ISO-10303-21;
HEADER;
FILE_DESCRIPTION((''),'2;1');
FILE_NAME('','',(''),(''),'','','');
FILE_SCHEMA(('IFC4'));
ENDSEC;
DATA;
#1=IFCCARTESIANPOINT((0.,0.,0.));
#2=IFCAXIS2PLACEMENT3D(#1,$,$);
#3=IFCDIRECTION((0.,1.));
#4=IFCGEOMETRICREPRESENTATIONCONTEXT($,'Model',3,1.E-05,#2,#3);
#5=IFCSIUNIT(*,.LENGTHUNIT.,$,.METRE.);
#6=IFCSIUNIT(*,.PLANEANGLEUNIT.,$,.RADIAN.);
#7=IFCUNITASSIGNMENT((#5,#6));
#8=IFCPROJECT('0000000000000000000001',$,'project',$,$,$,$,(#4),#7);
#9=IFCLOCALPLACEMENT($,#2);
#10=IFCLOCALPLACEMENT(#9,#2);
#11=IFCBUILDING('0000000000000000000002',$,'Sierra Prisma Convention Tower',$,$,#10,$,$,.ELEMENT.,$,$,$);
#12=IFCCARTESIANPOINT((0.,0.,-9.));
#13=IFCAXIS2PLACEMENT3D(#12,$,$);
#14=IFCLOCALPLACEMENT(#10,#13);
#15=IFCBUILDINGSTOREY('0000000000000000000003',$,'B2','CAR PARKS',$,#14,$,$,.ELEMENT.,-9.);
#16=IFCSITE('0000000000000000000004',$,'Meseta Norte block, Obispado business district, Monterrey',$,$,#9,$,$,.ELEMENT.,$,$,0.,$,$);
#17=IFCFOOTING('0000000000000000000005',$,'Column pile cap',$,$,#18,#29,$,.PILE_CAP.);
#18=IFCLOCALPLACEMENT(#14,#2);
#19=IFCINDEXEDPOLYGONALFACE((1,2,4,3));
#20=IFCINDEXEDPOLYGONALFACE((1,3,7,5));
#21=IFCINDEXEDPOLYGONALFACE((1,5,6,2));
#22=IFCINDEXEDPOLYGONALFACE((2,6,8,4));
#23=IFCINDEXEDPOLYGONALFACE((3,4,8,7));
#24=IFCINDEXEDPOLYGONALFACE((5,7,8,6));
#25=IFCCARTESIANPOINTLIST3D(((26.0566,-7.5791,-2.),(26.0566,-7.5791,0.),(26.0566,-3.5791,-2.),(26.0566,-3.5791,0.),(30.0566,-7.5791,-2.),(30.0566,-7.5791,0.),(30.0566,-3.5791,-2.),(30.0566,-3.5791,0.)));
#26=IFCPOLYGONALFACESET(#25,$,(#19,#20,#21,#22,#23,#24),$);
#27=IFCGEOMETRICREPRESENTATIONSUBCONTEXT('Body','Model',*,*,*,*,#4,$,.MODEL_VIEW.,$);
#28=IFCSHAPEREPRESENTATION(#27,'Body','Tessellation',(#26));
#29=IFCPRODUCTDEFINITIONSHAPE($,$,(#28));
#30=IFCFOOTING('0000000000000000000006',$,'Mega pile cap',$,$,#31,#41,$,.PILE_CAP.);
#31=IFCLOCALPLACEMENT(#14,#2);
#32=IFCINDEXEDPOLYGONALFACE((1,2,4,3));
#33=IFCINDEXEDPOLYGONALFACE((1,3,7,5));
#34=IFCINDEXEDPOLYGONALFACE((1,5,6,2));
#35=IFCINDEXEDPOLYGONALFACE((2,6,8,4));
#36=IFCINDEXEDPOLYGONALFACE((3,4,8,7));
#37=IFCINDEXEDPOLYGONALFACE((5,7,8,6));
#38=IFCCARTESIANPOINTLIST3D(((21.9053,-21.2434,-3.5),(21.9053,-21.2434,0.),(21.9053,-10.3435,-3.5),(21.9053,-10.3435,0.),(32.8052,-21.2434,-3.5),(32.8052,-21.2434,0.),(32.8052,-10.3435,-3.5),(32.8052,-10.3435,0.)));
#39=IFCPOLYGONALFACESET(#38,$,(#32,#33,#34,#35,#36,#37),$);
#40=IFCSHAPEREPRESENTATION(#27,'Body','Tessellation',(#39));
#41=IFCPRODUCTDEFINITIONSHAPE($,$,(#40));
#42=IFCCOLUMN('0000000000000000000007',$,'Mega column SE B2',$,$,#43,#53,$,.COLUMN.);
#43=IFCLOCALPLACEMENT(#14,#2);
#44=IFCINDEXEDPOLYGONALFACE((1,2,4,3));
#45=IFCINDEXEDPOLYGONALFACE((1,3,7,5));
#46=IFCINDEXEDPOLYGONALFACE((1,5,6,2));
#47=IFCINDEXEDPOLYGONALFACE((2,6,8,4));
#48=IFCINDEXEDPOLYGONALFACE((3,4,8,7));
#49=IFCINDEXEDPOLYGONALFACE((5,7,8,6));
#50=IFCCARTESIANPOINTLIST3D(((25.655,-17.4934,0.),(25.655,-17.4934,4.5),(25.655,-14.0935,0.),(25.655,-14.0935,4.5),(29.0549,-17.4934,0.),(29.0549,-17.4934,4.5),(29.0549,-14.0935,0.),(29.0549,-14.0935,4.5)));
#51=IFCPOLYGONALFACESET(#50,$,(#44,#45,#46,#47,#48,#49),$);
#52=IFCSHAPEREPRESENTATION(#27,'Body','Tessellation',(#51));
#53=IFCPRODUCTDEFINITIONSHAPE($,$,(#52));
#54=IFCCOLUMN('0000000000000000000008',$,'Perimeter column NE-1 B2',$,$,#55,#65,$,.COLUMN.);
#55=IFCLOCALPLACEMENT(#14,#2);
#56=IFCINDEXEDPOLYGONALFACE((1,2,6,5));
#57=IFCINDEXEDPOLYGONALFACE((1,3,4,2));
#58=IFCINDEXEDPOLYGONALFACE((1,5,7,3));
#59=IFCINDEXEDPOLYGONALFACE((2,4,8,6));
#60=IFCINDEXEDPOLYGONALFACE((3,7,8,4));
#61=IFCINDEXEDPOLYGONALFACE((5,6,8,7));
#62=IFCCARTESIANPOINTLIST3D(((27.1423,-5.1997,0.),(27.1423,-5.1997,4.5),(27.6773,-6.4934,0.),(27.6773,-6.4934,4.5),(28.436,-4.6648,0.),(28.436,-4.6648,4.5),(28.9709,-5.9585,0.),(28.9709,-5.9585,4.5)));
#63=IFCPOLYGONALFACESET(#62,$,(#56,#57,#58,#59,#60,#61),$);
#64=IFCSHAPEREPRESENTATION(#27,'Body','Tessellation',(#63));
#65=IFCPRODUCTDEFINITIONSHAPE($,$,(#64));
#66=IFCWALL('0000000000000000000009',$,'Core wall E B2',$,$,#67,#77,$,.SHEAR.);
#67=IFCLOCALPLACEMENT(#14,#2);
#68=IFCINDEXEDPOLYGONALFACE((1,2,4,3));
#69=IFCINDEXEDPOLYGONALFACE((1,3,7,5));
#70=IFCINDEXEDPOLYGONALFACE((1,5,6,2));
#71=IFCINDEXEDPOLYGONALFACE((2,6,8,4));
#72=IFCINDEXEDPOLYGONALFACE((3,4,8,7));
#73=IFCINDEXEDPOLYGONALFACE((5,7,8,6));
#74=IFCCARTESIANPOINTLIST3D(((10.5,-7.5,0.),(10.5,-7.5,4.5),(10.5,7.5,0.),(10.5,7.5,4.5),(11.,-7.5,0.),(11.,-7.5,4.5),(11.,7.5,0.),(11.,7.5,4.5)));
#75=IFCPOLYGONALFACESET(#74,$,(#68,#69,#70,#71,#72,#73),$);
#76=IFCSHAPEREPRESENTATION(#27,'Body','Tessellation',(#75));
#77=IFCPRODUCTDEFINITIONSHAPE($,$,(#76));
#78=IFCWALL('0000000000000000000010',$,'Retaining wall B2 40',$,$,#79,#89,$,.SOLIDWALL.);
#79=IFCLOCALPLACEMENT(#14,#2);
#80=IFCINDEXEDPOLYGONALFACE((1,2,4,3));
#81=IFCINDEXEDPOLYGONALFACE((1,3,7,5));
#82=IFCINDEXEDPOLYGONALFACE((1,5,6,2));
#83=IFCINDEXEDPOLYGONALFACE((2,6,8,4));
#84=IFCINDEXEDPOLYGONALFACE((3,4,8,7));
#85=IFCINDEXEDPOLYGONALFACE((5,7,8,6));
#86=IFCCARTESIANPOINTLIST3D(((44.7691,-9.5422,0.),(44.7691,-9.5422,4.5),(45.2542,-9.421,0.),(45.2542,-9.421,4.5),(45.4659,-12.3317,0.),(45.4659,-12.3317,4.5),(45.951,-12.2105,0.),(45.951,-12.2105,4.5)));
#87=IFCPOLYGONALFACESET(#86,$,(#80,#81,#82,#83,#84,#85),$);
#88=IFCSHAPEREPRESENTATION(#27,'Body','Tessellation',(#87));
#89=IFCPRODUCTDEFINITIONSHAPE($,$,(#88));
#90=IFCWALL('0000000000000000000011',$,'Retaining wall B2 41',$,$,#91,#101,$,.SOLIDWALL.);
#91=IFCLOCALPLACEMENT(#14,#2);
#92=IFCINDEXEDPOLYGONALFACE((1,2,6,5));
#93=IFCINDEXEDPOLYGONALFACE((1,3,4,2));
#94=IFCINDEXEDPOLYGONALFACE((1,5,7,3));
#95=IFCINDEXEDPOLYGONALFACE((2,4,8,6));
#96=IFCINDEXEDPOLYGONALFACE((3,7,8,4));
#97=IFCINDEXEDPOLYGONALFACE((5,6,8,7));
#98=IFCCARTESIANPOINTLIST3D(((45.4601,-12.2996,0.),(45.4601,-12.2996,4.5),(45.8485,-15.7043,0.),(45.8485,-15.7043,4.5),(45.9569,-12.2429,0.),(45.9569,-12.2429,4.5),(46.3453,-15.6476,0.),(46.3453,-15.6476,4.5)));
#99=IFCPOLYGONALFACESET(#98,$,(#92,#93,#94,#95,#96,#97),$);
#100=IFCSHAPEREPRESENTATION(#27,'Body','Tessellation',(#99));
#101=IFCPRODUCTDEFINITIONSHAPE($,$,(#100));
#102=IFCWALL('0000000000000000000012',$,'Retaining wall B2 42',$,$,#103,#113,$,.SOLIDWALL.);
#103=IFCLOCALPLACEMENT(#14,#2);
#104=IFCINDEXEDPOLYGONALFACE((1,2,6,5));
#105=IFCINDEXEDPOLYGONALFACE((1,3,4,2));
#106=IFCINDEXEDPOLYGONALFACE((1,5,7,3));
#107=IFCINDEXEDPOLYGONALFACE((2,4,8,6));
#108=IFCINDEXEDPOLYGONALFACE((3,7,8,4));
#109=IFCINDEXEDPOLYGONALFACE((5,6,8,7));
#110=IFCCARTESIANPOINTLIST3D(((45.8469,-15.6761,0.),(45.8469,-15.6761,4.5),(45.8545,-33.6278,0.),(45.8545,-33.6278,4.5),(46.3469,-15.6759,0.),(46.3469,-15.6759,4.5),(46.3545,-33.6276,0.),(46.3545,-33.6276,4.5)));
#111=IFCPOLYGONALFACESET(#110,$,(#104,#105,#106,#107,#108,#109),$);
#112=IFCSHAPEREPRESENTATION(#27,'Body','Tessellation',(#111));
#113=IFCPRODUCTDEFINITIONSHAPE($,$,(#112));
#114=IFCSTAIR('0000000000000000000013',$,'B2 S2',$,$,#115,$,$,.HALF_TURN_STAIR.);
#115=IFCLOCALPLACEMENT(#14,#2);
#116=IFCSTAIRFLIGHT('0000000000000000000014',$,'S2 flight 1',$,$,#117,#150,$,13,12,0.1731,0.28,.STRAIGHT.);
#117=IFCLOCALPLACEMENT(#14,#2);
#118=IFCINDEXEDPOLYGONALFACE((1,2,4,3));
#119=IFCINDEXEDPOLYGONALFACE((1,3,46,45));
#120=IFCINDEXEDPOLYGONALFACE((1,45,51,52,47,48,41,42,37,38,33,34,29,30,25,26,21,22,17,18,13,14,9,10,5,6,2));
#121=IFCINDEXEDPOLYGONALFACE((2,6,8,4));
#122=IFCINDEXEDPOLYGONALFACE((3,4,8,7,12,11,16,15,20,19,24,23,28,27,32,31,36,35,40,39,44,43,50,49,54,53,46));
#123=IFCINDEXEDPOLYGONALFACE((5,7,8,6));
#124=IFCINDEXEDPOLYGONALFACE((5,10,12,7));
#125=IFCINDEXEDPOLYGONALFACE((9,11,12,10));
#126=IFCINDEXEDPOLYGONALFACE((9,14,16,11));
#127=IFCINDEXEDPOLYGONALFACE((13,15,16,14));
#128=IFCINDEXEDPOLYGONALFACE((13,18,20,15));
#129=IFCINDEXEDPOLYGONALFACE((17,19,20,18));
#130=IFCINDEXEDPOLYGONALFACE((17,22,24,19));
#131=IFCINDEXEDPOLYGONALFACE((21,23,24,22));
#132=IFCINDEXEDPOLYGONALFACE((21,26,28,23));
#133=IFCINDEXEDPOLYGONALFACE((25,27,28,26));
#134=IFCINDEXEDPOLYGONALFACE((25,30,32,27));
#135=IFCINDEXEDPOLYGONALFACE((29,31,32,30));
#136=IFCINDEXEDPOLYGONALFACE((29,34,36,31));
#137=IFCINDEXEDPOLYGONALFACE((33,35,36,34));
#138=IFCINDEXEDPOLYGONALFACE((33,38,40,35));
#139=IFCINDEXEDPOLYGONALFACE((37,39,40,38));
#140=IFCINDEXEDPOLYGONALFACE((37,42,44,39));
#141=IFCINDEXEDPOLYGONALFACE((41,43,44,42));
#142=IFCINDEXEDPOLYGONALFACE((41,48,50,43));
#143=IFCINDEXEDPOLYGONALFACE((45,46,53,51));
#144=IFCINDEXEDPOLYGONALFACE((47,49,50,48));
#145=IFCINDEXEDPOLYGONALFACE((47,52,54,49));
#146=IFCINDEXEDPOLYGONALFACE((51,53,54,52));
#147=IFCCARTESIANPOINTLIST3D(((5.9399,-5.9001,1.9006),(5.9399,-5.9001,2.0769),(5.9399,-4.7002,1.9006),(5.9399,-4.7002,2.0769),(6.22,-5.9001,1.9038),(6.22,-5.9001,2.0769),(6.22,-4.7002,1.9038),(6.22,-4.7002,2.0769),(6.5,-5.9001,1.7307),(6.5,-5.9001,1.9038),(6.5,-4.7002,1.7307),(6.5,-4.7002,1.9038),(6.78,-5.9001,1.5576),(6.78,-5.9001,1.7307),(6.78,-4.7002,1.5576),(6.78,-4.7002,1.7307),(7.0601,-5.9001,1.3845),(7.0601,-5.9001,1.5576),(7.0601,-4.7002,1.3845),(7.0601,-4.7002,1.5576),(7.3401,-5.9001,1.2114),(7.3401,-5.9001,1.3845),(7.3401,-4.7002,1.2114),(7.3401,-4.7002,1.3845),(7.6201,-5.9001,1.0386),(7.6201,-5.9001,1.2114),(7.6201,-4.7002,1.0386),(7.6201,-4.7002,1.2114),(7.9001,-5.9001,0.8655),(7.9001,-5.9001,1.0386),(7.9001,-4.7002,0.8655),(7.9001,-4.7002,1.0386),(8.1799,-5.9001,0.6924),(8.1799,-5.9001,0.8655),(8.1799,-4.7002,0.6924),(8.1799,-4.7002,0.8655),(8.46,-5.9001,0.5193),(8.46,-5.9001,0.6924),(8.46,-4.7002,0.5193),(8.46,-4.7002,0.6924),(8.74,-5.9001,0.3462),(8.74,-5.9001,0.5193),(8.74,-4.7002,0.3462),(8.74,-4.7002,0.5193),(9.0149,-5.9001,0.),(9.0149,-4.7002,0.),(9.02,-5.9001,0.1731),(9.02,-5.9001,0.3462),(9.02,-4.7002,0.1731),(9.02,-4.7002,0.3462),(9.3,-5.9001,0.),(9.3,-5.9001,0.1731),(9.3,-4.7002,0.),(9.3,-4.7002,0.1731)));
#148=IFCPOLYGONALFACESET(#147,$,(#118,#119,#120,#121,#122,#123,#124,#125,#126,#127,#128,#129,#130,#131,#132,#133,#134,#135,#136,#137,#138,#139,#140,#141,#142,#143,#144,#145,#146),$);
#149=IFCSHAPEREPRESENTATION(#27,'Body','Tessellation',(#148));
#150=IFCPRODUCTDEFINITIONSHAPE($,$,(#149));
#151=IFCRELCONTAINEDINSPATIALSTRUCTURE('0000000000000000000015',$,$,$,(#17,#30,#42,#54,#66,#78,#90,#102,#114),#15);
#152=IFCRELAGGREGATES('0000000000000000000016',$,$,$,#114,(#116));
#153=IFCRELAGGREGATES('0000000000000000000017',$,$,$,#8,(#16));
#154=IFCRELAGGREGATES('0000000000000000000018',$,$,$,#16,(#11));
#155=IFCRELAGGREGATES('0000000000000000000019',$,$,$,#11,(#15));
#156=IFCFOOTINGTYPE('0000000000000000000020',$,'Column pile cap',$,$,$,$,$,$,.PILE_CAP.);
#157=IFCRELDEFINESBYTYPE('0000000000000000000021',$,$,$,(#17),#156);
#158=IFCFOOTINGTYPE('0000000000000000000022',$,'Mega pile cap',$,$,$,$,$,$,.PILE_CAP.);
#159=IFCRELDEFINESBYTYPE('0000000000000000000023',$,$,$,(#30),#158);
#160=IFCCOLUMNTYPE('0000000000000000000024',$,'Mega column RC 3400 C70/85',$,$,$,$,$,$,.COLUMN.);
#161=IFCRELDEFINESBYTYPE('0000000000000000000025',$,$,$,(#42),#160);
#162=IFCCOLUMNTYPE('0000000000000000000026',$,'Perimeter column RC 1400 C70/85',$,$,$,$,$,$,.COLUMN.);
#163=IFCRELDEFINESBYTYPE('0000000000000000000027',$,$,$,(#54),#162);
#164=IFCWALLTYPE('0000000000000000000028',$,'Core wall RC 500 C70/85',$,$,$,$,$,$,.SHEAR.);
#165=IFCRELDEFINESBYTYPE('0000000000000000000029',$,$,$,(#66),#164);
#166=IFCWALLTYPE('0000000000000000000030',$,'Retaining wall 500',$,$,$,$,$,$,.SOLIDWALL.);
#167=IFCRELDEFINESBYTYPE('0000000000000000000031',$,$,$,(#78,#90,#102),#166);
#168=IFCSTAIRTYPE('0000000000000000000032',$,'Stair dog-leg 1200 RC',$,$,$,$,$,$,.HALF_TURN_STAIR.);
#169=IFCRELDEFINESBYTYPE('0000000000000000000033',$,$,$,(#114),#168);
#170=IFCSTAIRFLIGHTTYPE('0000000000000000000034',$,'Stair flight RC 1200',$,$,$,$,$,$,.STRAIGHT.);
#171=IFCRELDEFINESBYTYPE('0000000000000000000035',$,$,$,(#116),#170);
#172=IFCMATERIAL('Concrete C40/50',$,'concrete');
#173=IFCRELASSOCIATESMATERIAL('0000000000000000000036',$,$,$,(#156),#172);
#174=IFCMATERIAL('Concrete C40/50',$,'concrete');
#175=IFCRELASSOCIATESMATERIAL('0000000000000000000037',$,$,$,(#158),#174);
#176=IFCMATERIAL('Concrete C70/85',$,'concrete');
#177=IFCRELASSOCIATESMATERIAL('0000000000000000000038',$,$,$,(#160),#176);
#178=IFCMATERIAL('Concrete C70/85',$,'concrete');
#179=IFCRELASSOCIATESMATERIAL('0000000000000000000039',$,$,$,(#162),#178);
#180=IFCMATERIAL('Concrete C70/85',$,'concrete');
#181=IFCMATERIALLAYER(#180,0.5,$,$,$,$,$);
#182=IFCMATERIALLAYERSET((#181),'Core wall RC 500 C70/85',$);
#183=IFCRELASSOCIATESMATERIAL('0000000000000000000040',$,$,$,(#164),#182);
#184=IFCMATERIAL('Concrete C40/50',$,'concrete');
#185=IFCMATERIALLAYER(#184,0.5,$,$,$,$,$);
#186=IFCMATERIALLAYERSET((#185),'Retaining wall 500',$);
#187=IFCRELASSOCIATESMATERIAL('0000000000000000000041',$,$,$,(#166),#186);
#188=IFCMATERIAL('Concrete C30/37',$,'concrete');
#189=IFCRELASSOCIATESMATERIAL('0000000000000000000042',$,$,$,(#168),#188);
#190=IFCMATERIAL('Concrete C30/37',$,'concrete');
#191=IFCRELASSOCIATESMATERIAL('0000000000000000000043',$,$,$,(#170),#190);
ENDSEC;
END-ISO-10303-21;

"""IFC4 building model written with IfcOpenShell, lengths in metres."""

from ifc_helpers import new_model, si_unit, direction, frame, frame_2d, origin, origin_2d, place, context, subcontext, project, spatial, polyline, rectangle, outline, extrude, material, layer, layer_set, material_profile, profile_set, type_object, element, aggregate, save


model = new_model("IFC4")

# Units and contexts
model_context = context("Model", 3, precision=1e-05, world=origin(), true_north=direction((0.0, 1.0)))
body_context = subcontext(model_context, "Body", "Model", "MODEL_VIEW")
ifc_project = project(units=[si_unit("LENGTHUNIT", "METRE"), si_unit("PLANEANGLEUNIT", "RADIAN")], contexts=[model_context])

# Site, building, storey
site_placement = place(None, origin())
site = spatial("IfcSite", under=ifc_project, at=site_placement, Name="Meseta Norte block, Obispado business district, Monterrey", CompositionType="ELEMENT", RefElevation=0.0)
building_placement = place(site_placement, origin())
building = spatial("IfcBuilding", under=site, at=building_placement, Name="Sierra Prisma Convention Tower", CompositionType="ELEMENT")
storey_placement = place(building_placement, frame((0.0, 0.0, -9.0)))
storey = spatial("IfcBuildingStorey", under=building, at=storey_placement, Name="B2", Description="CAR PARKS", CompositionType="ELEMENT", Elevation=-9.0)

# Footings
ifc_material_1 = material(Name="Concrete C40/50", Category="concrete")
footing_type_1 = type_object("IfcFootingType", Name="Column pile cap", PredefinedType="PILE_CAP", material=ifc_material_1)
footing_1_placement = place(storey_placement, frame((28.0566, -5.5791, -2.0), z_axis=(0.0, 0.0, 1.0), x_axis=(1.0, 0.0, 0.0)))
element("IfcFooting", 1, at=footing_1_placement, inside=storey, type_object=footing_type_1, Name="Column pile cap", PredefinedType="PILE_CAP", context=body_context, shape_type="SweptSolid", body=[
    extrude(rectangle(XDim=4.0, YDim=4.0, at=origin_2d()), origin(), (0.0, 0.0, 1.0), 2.0),
])
ifc_material_2 = material(Name="Concrete C40/50", Category="concrete")
footing_type_2 = type_object("IfcFootingType", Name="Mega pile cap", PredefinedType="PILE_CAP", material=ifc_material_2)
footing_2_placement = place(storey_placement, frame((27.3552, -15.7935, -3.5), z_axis=(0.0, 0.0, 1.0), x_axis=(1.0, 0.0, 0.0)))
element("IfcFooting", 2, at=footing_2_placement, inside=storey, type_object=footing_type_2, Name="Mega pile cap", PredefinedType="PILE_CAP", context=body_context, shape_type="SweptSolid", body=[
    extrude(rectangle(XDim=10.8999, YDim=10.8999, at=origin_2d()), origin(), (0.0, 0.0, 1.0), 3.5),
])

# Columns
ifc_material_3 = material(Name="Concrete C70/85", Category="concrete")
ifc_material_profile_1 = material_profile(ifc_material_3, rectangle(XDim=3.3999, YDim=3.3999, at=origin_2d()), Name="Mega column RC 3400 C70/85")
ifc_profile_set_1 = profile_set([ifc_material_profile_1], Name="Concrete C70/85")
column_type_1 = type_object("IfcColumnType", Name="Mega column RC 3400 C70/85", PredefinedType="COLUMN", material=ifc_profile_set_1)
column_1_placement = place(storey_placement, frame((27.355, -15.7935, 0.0), z_axis=(0.0, 0.0, 1.0), x_axis=(1.0, 0.0, 0.0)))
element("IfcColumn", 3, at=column_1_placement, inside=storey, type_object=column_type_1, Name="Mega column SE B2", PredefinedType="COLUMN", context=body_context, shape_type="SweptSolid", body=[
    extrude(rectangle(XDim=3.3999, YDim=3.3999, at=origin_2d()), origin(), (0.0, 0.0, 1.0), 4.5),
])
ifc_material_4 = material(Name="Concrete C70/85", Category="concrete")
ifc_material_profile_2 = material_profile(ifc_material_4, rectangle(XDim=1.3999, YDim=1.3999, at=origin_2d()), Name="Perimeter column RC 1400 C70/85")
ifc_profile_set_2 = profile_set([ifc_material_profile_2], Name="Concrete C70/85")
column_type_2 = type_object("IfcColumnType", Name="Perimeter column RC 1400 C70/85", PredefinedType="COLUMN", material=ifc_profile_set_2)
column_2_placement = place(storey_placement, frame((28.0566, -5.5791, 0.0), z_axis=(0.0, 0.0, 1.0), x_axis=(-0.382135, 0.924106, 0.0)))
element("IfcColumn", 4, at=column_2_placement, inside=storey, type_object=column_type_2, Name="Perimeter column NE-1 B2", PredefinedType="COLUMN", context=body_context, shape_type="SweptSolid", body=[
    extrude(rectangle(XDim=1.3999, YDim=1.3999, at=origin_2d()), origin(), (0.0, 0.0, 1.0), 4.5),
])

# Walls
ifc_material_5 = material(Name="Concrete C70/85", Category="concrete")
ifc_layer_1 = layer(ifc_material_5, 0.5)
ifc_layer_set_1 = layer_set([ifc_layer_1], Name="Core wall RC 500 C70/85")
wall_type_1 = type_object("IfcWallType", Name="Core wall RC 500 C70/85", PredefinedType="SHEAR", material=ifc_layer_set_1)
wall_1_placement = place(storey_placement, frame((10.75, -7.5, 0.0), z_axis=(0.0, 0.0, 1.0), x_axis=(0.0, 1.0, 0.0)))
element("IfcWall", 5, at=wall_1_placement, inside=storey, type_object=wall_type_1, Name="Core wall E B2", PredefinedType="SHEAR", context=body_context, shape_type="SweptSolid", body=[
    extrude(rectangle(XDim=15.0, YDim=0.5, at=frame_2d((7.5, 0.0))), origin(), (0.0, 0.0, 1.0), 4.5),
])
ifc_material_6 = material(Name="Concrete C40/50", Category="concrete")
ifc_layer_2 = layer(ifc_material_6, 0.5)
ifc_layer_set_2 = layer_set([ifc_layer_2], Name="Retaining wall 500")
wall_type_2 = type_object("IfcWallType", Name="Retaining wall 500", PredefinedType="SOLIDWALL", material=ifc_layer_set_2)
wall_2_placement = place(storey_placement, frame((45.0117, -9.4817, 0.0), z_axis=(0.0, 0.0, 1.0), x_axis=(0.242336, -0.970192, 0.0)))
element("IfcWall", 6, at=wall_2_placement, inside=storey, type_object=wall_type_2, Name="Retaining wall B2 40", PredefinedType="SOLIDWALL", context=body_context, shape_type="SweptSolid", body=[
    extrude(rectangle(XDim=2.8752, YDim=0.5, at=frame_2d((1.4375, 0.0))), origin(), (0.0, 0.0, 1.0), 4.5),
])
wall_3_placement = place(storey_placement, frame((45.7085, -12.2712, 0.0), z_axis=(0.0, 0.0, 1.0), x_axis=(0.113348, -0.993555, 0.0)))
element("IfcWall", 7, at=wall_3_placement, inside=storey, type_object=wall_type_2, Name="Retaining wall B2 41", PredefinedType="SOLIDWALL", context=body_context, shape_type="SweptSolid", body=[
    extrude(rectangle(XDim=3.4268, YDim=0.5, at=frame_2d((1.7134, 0.0))), origin(), (0.0, 0.0, 1.0), 4.5),
])
wall_4_placement = place(storey_placement, frame((46.0969, -15.676, 0.0), z_axis=(0.0, 0.0, 1.0), x_axis=(0.000422, -1.0, 0.0)))
element("IfcWall", 8, at=wall_4_placement, inside=storey, type_object=wall_type_2, Name="Retaining wall B2 42", PredefinedType="SOLIDWALL", context=body_context, shape_type="SweptSolid", body=[
    extrude(rectangle(XDim=17.9517, YDim=0.5, at=frame_2d((8.9758, 0.0))), origin(), (0.0, 0.0, 1.0), 4.5),
])

# Stair, stair flight
ifc_material_7 = material(Name="Concrete C30/37", Category="concrete")
stair_type = type_object("IfcStairType", Name="Stair dog-leg 1200 RC", PredefinedType="HALF_TURN_STAIR", material=ifc_material_7)
stair_placement = place(storey_placement, origin())
stair = element("IfcStair", 9, at=stair_placement, inside=storey, type_object=stair_type, Name="B2 S2", PredefinedType="HALF_TURN_STAIR")
ifc_material_8 = material(Name="Concrete C30/37", Category="concrete")
stair_flight_type = type_object("IfcStairFlightType", Name="Stair flight RC 1200", PredefinedType="STRAIGHT", material=ifc_material_8)
stair_flight_placement = place(storey_placement, frame((9.3, -5.3, 0.0), z_axis=(0.0, 0.0, 1.0), x_axis=(-1.0, 0.0, 0.0)))
stair_flight = element("IfcStairFlight", 10, at=stair_flight_placement, type_object=stair_flight_type, Name="S2 flight 1", NumberOfRisers=13, NumberOfTreads=12, PredefinedType="STRAIGHT", RiserHeight=0.1731, TreadLength=0.28, context=body_context, shape_type="SweptSolid", body=[
    extrude(outline(polyline([(0.0, 0.0), (0.0, 0.1731), (0.28, 0.1731), (0.28, 0.3462), (0.5601, 0.3462), (0.5601, 0.5193), (0.8401, 0.5193), (0.8401, 0.6924), (1.1201, 0.6924), (1.1201, 0.8655), (1.3999, 0.8655), (1.3999, 1.0386), (1.6799, 1.0386), (1.6799, 1.2114), (1.96, 1.2114), (1.96, 1.3845), (2.24, 1.3845), (2.24, 1.5576), (2.52, 1.5576), (2.52, 1.7307), (2.8, 1.7307), (2.8, 1.9038), (3.0801, 1.9038), (3.0801, 2.0769), (3.3601, 2.0769), (3.3601, 2.25), (3.3601, 1.9006), (0.2852, 0.0), (0.0, 0.0)])), frame((0.0, 0.6001, 0.0), z_axis=(0.0, -1.0, 0.0), x_axis=(1.0, 0.0, 0.0)), (0.0, 0.0, 1.0), 1.2),
])
aggregate(stair, [stair_flight])

save(model, "model.ifc")
